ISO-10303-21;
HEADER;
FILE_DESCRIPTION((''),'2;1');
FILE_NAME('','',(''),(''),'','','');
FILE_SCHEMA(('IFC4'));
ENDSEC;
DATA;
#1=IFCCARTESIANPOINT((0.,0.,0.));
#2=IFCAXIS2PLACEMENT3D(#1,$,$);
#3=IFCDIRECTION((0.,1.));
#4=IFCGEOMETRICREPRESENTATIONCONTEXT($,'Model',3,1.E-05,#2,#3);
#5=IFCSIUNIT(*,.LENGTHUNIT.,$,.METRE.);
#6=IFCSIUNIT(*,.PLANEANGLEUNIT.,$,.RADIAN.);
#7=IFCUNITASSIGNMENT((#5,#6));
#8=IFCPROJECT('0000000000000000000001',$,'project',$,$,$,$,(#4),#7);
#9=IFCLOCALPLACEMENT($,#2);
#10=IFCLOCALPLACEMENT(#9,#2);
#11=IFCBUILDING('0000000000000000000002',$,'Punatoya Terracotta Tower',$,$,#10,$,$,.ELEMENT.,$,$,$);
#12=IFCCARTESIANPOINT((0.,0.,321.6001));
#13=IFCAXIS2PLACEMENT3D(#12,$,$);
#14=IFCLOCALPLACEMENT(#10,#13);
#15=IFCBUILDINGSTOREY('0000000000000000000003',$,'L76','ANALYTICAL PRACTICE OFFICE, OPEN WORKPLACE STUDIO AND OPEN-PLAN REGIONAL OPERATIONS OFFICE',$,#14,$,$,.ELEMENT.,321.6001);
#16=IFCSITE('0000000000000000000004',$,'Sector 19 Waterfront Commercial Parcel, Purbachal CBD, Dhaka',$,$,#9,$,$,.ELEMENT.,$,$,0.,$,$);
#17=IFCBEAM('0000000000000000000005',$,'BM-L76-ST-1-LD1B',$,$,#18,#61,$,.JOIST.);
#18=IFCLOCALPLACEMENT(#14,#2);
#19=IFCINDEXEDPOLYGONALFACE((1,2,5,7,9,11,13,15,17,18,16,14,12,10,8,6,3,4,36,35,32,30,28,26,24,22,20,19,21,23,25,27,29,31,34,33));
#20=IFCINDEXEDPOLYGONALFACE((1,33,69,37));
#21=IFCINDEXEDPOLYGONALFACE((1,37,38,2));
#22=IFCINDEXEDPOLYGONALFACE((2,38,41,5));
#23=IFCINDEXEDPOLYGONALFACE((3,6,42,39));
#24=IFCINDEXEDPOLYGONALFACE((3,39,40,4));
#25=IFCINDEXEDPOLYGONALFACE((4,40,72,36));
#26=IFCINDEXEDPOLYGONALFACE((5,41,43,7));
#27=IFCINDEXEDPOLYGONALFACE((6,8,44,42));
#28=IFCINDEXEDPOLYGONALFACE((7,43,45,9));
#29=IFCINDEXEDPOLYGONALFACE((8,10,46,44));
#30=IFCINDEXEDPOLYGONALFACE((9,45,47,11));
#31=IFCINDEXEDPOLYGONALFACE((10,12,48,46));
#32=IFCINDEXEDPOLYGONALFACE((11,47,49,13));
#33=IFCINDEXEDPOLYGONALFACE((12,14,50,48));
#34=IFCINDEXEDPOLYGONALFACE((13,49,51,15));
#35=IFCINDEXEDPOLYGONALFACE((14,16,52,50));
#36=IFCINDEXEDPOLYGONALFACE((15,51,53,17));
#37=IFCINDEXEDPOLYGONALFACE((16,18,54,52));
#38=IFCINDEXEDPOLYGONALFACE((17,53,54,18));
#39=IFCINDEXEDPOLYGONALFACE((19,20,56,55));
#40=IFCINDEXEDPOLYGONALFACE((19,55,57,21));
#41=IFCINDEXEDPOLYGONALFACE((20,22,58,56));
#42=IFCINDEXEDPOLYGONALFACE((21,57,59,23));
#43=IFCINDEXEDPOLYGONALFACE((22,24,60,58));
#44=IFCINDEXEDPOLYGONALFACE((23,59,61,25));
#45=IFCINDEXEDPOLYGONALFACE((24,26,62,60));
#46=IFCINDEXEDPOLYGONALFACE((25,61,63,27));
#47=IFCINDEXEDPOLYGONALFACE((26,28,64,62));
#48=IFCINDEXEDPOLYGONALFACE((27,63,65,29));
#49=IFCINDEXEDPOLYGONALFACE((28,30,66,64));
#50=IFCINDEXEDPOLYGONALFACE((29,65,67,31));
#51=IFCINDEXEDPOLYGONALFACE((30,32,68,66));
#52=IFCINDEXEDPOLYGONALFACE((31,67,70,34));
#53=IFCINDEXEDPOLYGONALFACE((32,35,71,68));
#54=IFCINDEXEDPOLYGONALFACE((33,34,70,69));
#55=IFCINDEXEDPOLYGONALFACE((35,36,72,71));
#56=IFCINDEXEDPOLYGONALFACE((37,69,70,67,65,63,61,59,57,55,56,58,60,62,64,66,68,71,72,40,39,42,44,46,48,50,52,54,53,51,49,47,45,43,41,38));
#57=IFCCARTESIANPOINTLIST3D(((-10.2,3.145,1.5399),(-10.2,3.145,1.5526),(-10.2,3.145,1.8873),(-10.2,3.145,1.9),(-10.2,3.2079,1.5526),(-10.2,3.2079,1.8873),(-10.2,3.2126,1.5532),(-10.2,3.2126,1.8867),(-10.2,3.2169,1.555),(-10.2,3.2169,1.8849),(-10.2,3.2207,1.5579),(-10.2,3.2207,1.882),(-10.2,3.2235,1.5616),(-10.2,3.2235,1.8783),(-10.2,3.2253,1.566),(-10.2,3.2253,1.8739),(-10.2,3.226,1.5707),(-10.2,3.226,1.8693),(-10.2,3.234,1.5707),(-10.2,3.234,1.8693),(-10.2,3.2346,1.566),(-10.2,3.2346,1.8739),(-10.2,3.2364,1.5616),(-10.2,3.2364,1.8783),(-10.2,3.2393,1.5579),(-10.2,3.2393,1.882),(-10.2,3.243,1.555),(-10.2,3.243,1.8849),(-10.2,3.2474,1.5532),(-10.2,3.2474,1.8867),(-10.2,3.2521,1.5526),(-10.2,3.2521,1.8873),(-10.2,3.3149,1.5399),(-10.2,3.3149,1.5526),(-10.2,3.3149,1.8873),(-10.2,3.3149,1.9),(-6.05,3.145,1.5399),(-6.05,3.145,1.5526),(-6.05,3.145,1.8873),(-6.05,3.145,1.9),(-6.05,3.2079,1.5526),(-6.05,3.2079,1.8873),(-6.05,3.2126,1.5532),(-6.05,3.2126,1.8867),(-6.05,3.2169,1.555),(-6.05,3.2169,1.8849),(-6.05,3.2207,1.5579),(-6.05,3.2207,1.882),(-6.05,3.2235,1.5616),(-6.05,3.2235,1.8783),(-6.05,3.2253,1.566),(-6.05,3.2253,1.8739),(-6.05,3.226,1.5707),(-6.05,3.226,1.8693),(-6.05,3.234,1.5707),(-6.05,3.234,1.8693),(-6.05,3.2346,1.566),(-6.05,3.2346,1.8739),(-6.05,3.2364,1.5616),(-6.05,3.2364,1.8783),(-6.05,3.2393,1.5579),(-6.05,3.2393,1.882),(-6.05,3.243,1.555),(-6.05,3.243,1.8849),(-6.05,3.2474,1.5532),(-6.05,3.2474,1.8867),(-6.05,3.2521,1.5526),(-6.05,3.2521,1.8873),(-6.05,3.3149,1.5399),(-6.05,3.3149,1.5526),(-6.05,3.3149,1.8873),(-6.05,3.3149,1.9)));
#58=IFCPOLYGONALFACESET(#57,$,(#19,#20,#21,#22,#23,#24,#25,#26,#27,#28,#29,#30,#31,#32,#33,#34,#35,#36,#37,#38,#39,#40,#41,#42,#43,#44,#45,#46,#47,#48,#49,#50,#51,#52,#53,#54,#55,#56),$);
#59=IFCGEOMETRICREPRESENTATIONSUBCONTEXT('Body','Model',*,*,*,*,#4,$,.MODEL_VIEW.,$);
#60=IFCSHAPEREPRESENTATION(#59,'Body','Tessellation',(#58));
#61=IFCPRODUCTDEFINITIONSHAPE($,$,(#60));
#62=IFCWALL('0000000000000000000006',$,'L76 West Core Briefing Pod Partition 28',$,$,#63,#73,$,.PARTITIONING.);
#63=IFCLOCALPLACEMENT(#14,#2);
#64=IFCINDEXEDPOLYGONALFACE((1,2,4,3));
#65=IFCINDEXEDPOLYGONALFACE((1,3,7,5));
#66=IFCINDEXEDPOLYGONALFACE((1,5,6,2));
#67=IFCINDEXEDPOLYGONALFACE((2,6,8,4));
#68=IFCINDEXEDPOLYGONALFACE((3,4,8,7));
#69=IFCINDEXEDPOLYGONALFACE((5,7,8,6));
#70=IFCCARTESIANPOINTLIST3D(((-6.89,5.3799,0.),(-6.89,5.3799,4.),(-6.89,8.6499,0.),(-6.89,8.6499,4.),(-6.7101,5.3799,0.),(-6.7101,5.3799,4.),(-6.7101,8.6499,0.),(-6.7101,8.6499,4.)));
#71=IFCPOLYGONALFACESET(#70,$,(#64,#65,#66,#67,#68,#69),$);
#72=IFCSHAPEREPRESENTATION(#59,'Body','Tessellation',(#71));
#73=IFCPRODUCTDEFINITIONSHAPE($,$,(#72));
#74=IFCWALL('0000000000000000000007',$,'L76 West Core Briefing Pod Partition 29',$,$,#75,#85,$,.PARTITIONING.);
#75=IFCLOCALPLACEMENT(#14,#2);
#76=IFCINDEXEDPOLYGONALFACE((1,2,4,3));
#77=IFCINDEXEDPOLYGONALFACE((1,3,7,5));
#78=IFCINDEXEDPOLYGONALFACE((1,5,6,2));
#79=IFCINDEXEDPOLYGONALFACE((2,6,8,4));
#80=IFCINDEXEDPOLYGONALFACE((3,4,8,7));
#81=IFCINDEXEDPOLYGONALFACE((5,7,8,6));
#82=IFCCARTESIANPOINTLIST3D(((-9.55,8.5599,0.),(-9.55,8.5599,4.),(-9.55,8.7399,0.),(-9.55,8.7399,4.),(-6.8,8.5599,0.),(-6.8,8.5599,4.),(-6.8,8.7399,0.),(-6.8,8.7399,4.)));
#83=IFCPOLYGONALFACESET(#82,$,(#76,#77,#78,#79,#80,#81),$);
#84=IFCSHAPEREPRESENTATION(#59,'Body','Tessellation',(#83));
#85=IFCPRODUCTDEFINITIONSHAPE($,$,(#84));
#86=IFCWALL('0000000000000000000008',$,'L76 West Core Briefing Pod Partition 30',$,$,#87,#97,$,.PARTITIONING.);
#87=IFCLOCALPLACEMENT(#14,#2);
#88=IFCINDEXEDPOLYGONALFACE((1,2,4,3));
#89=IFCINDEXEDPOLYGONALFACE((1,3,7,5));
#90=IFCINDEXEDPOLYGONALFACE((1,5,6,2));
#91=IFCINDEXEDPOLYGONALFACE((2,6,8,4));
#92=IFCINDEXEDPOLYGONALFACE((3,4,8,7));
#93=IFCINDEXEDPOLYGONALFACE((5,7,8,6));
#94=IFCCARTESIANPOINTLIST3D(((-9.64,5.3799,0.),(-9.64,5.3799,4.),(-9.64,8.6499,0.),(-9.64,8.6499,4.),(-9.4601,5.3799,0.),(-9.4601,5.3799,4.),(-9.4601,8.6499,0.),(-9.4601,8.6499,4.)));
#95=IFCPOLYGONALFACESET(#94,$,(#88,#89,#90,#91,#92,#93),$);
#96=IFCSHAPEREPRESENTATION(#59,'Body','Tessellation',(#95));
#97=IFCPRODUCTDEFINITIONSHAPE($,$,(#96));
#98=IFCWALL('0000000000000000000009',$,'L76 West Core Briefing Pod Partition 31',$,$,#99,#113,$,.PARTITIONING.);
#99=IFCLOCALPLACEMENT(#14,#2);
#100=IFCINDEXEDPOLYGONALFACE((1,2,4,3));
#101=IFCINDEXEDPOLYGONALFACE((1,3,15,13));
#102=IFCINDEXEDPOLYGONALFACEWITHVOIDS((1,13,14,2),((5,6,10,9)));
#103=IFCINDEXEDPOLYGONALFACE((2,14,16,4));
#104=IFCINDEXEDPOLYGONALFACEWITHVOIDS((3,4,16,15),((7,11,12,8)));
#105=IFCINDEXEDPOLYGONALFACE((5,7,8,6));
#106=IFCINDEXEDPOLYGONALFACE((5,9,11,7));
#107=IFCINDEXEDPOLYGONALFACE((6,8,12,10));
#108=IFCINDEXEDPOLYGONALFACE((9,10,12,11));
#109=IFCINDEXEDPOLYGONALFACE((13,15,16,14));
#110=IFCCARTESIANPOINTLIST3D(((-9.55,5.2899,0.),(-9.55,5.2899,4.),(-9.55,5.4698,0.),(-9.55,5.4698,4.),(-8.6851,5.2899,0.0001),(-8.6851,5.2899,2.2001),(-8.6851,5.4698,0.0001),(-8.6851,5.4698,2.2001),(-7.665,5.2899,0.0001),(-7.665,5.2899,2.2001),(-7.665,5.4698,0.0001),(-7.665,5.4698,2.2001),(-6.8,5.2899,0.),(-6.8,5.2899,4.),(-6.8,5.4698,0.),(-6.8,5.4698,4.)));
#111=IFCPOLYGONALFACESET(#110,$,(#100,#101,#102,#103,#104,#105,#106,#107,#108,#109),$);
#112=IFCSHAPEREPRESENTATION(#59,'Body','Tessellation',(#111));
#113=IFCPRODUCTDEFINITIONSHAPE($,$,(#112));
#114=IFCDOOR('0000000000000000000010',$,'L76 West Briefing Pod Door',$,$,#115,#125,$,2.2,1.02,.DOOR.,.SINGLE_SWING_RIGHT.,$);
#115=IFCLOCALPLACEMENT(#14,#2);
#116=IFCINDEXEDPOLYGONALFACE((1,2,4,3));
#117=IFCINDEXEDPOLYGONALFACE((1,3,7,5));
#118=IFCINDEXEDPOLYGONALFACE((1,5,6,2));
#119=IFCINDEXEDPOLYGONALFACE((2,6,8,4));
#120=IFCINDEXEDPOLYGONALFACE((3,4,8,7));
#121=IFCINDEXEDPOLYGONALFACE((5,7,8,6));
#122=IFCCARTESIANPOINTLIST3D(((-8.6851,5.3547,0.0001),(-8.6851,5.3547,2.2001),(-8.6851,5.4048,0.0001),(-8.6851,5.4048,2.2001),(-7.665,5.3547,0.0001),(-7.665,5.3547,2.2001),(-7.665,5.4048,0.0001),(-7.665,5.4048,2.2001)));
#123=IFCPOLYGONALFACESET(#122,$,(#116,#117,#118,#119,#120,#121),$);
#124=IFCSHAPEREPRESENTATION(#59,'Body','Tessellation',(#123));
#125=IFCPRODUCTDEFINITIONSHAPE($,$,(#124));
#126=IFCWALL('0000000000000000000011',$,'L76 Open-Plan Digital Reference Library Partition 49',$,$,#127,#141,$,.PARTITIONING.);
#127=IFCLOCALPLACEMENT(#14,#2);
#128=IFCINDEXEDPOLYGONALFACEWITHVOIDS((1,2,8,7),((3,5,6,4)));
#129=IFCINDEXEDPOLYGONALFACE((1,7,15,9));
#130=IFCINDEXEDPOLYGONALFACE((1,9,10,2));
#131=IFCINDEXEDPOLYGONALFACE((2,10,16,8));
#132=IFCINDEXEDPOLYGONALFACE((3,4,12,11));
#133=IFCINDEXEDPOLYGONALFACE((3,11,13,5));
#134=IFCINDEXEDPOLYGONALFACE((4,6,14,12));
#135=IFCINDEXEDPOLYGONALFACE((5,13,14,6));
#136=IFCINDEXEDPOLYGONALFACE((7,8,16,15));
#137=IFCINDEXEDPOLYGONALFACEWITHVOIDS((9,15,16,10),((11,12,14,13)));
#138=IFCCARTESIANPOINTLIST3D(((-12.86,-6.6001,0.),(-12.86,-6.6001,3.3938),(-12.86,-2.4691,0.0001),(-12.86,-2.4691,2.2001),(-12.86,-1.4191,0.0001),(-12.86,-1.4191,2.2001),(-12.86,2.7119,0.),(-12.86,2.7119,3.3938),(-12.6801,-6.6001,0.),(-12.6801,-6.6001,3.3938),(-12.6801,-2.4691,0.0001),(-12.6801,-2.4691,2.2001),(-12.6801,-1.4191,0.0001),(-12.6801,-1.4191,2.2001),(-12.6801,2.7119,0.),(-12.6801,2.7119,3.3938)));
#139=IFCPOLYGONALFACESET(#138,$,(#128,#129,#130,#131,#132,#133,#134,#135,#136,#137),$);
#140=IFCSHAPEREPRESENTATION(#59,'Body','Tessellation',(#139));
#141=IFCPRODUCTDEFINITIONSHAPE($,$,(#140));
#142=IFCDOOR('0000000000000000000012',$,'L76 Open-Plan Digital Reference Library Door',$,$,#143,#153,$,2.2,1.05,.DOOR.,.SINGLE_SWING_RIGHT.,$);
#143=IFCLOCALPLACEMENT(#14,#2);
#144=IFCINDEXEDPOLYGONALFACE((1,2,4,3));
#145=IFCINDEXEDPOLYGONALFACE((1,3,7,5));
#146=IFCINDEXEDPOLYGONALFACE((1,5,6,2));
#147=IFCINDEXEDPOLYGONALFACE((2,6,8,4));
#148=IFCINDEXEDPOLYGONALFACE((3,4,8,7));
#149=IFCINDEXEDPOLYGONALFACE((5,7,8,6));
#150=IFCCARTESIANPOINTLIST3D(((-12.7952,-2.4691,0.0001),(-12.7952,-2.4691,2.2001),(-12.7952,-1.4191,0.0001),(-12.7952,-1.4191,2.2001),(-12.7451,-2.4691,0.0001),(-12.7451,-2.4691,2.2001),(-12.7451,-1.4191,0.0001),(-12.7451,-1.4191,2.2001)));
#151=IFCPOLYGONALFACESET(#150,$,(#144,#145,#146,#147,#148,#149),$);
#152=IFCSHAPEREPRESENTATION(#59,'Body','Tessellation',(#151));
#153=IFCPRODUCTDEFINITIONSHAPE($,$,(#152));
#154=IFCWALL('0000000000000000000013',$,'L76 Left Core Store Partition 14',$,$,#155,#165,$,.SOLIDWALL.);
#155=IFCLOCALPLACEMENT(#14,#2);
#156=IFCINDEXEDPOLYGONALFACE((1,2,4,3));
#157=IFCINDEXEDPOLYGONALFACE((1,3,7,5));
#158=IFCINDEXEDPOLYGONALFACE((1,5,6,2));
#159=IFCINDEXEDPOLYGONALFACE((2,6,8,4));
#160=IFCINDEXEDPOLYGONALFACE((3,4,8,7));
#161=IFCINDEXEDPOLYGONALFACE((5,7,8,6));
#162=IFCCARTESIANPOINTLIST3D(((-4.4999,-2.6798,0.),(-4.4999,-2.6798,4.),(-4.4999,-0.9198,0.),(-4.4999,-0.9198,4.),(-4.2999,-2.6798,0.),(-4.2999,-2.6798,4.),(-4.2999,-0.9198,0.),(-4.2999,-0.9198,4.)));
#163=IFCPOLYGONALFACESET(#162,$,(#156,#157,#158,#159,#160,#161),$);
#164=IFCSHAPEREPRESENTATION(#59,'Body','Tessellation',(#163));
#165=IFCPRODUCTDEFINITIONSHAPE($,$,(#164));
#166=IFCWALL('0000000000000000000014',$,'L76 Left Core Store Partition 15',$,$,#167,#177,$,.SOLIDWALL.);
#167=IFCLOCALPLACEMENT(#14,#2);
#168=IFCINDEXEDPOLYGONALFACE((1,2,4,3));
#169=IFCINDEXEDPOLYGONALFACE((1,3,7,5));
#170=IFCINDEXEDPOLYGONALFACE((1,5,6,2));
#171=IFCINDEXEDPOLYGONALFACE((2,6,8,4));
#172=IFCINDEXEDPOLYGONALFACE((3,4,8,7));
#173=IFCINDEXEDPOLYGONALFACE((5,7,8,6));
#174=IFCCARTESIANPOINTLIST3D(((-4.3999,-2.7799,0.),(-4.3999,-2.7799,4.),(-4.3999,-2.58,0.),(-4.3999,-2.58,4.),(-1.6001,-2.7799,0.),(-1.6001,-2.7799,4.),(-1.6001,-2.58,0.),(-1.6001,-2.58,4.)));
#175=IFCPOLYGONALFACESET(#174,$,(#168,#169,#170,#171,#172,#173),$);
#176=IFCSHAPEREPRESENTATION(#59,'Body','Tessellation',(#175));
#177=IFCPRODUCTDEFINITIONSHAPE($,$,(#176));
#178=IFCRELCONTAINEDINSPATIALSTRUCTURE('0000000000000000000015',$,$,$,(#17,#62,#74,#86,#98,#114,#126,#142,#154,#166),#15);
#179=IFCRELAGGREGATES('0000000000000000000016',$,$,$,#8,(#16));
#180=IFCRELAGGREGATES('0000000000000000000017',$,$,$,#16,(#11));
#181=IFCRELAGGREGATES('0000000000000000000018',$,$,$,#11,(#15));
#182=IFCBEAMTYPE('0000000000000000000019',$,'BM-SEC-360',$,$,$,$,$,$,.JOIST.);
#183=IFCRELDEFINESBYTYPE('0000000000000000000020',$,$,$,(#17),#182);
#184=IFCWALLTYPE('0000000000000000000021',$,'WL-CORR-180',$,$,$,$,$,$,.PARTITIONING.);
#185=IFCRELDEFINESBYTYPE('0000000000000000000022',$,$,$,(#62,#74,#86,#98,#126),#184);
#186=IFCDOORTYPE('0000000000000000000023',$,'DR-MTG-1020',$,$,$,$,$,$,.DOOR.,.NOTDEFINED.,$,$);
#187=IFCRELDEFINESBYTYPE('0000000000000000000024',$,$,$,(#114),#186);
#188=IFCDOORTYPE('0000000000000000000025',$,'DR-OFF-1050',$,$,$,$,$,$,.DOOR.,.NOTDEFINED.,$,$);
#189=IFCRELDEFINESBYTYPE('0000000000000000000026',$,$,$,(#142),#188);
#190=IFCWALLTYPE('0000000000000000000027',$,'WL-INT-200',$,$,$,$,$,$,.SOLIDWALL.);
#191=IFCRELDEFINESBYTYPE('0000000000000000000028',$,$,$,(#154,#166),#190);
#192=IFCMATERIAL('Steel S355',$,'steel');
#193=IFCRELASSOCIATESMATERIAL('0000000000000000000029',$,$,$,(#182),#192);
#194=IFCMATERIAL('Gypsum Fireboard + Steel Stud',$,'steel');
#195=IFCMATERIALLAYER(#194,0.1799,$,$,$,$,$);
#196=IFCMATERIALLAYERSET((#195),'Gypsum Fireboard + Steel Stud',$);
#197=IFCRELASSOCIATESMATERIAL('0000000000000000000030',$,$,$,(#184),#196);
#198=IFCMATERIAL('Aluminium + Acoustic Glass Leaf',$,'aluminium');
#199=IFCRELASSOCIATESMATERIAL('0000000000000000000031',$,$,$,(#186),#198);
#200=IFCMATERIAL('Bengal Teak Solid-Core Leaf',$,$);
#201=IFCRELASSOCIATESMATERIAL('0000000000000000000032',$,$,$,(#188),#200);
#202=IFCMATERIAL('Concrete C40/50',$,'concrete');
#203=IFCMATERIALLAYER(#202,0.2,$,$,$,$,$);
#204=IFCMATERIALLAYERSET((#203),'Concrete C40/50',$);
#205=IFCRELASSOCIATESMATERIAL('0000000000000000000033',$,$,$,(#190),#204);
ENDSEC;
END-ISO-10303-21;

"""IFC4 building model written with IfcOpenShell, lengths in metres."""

from ifc_helpers import new_model, si_unit, direction, frame, frame_2d, origin, origin_2d, place, context, subcontext, project, spatial, rectangle, i_section, extrude, material, layer, layer_set, material_profile, profile_set, type_object, element, fill, save


model = new_model("IFC4")

# Units and contexts
model_context = context("Model", 3, precision=1e-05, world=origin(), true_north=direction((0.0, 1.0)))
body_context = subcontext(model_context, "Body", "Model", "MODEL_VIEW")
ifc_project = project(units=[si_unit("LENGTHUNIT", "METRE"), si_unit("PLANEANGLEUNIT", "RADIAN")], contexts=[model_context])

# Site, building, storey
site_placement = place(None, origin())
site = spatial("IfcSite", under=ifc_project, at=site_placement, Name="Sector 19 Waterfront Commercial Parcel, Purbachal CBD, Dhaka", CompositionType="ELEMENT", RefElevation=0.0)
building_placement = place(site_placement, origin())
building = spatial("IfcBuilding", under=site, at=building_placement, Name="Punatoya Terracotta Tower", CompositionType="ELEMENT")
storey_placement = place(building_placement, frame((0.0, 0.0, 321.6001)))
storey = spatial("IfcBuildingStorey", under=building, at=storey_placement, Name="L76", Description="ANALYTICAL PRACTICE OFFICE, OPEN WORKPLACE STUDIO AND OPEN-PLAN REGIONAL OPERATIONS OFFICE", CompositionType="ELEMENT", Elevation=321.6001)

# Beam
ifc_material_1 = material(Name="Steel S355", Category="steel")
ifc_material_profile_1 = material_profile(ifc_material_1, i_section(OverallWidth=0.1699, OverallDepth=0.3601, WebThickness=0.0081, FlangeThickness=0.0127, FilletRadius=0.0181, at=origin_2d()))
ifc_profile_set_1 = profile_set([ifc_material_profile_1], Name="Steel S355")
beam_type_1 = type_object("IfcBeamType", Name="BM-SEC-360", PredefinedType="JOIST", material=ifc_profile_set_1)
for number, where, z_axis, x_axis, name in (
    (1, (-10.2, 3.23, 1.72), (1.0, 0.0, 0.0), (0.0, 1.0, 0.0), "BM-L76-ST-1-LD1B"),
):
    element("IfcBeam", number, at=place(storey_placement, frame(where, z_axis=z_axis, x_axis=x_axis)), inside=storey, type_object=beam_type_1, Name=name, PredefinedType="JOIST", context=body_context, shape_type="SweptSolid", body=[
        extrude(i_section(OverallWidth=0.1699, OverallDepth=0.3601, WebThickness=0.0081, FlangeThickness=0.0127, FilletRadius=0.0181, at=origin_2d()), origin(), (0.0, 0.0, 1.0), 4.1499),
    ])

# Walls
ifc_material_2 = material(Name="Gypsum Fireboard + Steel Stud", Category="steel")
ifc_layer_1 = layer(ifc_material_2, 0.1799)
ifc_layer_set_1 = layer_set([ifc_layer_1], Name="Gypsum Fireboard + Steel Stud")
wall_type_1 = type_object("IfcWallType", Name="WL-CORR-180", PredefinedType="PARTITIONING", material=ifc_layer_set_1)
wall_1_placement = place(storey_placement, frame((-6.8, 5.3799, 0.0), z_axis=(0.0, 0.0, 1.0), x_axis=(0.0, 1.0, 0.0)))
element("IfcWall", 2, at=wall_1_placement, inside=storey, type_object=wall_type_1, Name="L76 West Core Briefing Pod Partition 28", PredefinedType="PARTITIONING", context=body_context, shape_type="SweptSolid", body=[
    extrude(rectangle(XDim=3.27, YDim=0.1799, at=frame_2d((1.635, 0.0))), origin(), (0.0, 0.0, 1.0), 4.0),
])
wall_2_placement = place(storey_placement, frame((-6.8, 8.6499, 0.0), z_axis=(0.0, 0.0, 1.0), x_axis=(-1.0, 0.0, 0.0)))
element("IfcWall", 3, at=wall_2_placement, inside=storey, type_object=wall_type_1, Name="L76 West Core Briefing Pod Partition 29", PredefinedType="PARTITIONING", context=body_context, shape_type="SweptSolid", body=[
    extrude(rectangle(XDim=2.75, YDim=0.1799, at=frame_2d((1.375, 0.0))), origin(), (0.0, 0.0, 1.0), 4.0),
])
wall_3_placement = place(storey_placement, frame((-9.55, 8.6499, 0.0), z_axis=(0.0, 0.0, 1.0), x_axis=(0.0, -1.0, 0.0)))
element("IfcWall", 4, at=wall_3_placement, inside=storey, type_object=wall_type_1, Name="L76 West Core Briefing Pod Partition 30", PredefinedType="PARTITIONING", context=body_context, shape_type="SweptSolid", body=[
    extrude(rectangle(XDim=3.27, YDim=0.1799, at=frame_2d((1.635, 0.0))), origin(), (0.0, 0.0, 1.0), 4.0),
])

# Walls, openings, doors
wall_4_placement = place(storey_placement, frame((-9.55, 5.3799, 0.0), z_axis=(0.0, 0.0, 1.0), x_axis=(1.0, 0.0, 0.0)))
wall_4 = element("IfcWall", 5, at=wall_4_placement, inside=storey, type_object=wall_type_1, Name="L76 West Core Briefing Pod Partition 31", PredefinedType="PARTITIONING", context=body_context, shape_type="SweptSolid", body=[
    extrude(rectangle(XDim=2.75, YDim=0.1799, at=frame_2d((1.375, 0.0))), origin(), (0.0, 0.0, 1.0), 4.0),
])
opening_1_placement = place(wall_4_placement, frame((0.865, 0.0, 0.0)))
opening_1 = element("IfcOpeningElement", 6, at=opening_1_placement, cuts=wall_4, PredefinedType="OPENING", context=body_context, shape_type="SweptSolid", body=[
    extrude(rectangle(XDim=1.02, YDim=2.2, at=frame_2d((0.51, 1.1001))), frame((0.0, 0.0999, 0.0), z_axis=(0.0, -1.0, 0.0), x_axis=(1.0, 0.0, 0.0)), (0.0, 0.0, 1.0), 0.2),
])
ifc_material_3 = material(Name="Aluminium + Acoustic Glass Leaf", Category="aluminium")
door_type_1 = type_object("IfcDoorType", Name="DR-MTG-1020", OperationType="NOTDEFINED", PredefinedType="DOOR", material=ifc_material_3)
door_1_placement = place(opening_1_placement, origin())
door_1 = element("IfcDoor", 7, at=door_1_placement, inside=storey, type_object=door_type_1, Name="L76 West Briefing Pod Door", OperationType="SINGLE_SWING_RIGHT", OverallHeight=2.2, OverallWidth=1.02, PredefinedType="DOOR", context=body_context, shape_type="SweptSolid", body=[
    extrude(rectangle(XDim=1.02, YDim=2.2, at=frame_2d((0.51, 1.1001))), frame((0.0, 0.0249, 0.0), z_axis=(0.0, -1.0, 0.0), x_axis=(1.0, 0.0, 0.0)), (0.0, 0.0, 1.0), 0.05),
])
fill(opening_1, door_1)
wall_5_placement = place(storey_placement, frame((-12.77, 2.7119, 0.0), z_axis=(0.0, 0.0, 1.0), x_axis=(0.0, -1.0, 0.0)))
wall_5 = element("IfcWall", 8, at=wall_5_placement, inside=storey, type_object=wall_type_1, Name="L76 Open-Plan Digital Reference Library Partition 49", PredefinedType="PARTITIONING", context=body_context, shape_type="SweptSolid", body=[
    extrude(rectangle(XDim=9.312, YDim=0.1799, at=frame_2d((4.656, 0.0))), origin(), (0.0, 0.0, 1.0), 3.3938),
])
opening_2_placement = place(wall_5_placement, frame((4.1311, 0.0, 0.0)))
opening_2 = element("IfcOpeningElement", 9, at=opening_2_placement, cuts=wall_5, PredefinedType="OPENING", context=body_context, shape_type="SweptSolid", body=[
    extrude(rectangle(XDim=1.05, YDim=2.2, at=frame_2d((0.5249, 1.1001))), frame((0.0, 0.0999, 0.0), z_axis=(0.0, -1.0, 0.0), x_axis=(1.0, 0.0, 0.0)), (0.0, 0.0, 1.0), 0.2),
])
ifc_material_4 = material(Name="Bengal Teak Solid-Core Leaf")
door_type_2 = type_object("IfcDoorType", Name="DR-OFF-1050", OperationType="NOTDEFINED", PredefinedType="DOOR", material=ifc_material_4)
door_2_placement = place(opening_2_placement, origin())
door_2 = element("IfcDoor", 10, at=door_2_placement, inside=storey, type_object=door_type_2, Name="L76 Open-Plan Digital Reference Library Door", OperationType="SINGLE_SWING_RIGHT", OverallHeight=2.2, OverallWidth=1.05, PredefinedType="DOOR", context=body_context, shape_type="SweptSolid", body=[
    extrude(rectangle(XDim=1.05, YDim=2.2, at=frame_2d((0.5249, 1.1001))), frame((0.0, 0.0249, 0.0), z_axis=(0.0, -1.0, 0.0), x_axis=(1.0, 0.0, 0.0)), (0.0, 0.0, 1.0), 0.05),
])
fill(opening_2, door_2)

# Walls
ifc_material_5 = material(Name="Concrete C40/50", Category="concrete")
ifc_layer_2 = layer(ifc_material_5, 0.2)
ifc_layer_set_2 = layer_set([ifc_layer_2], Name="Concrete C40/50")
wall_type_2 = type_object("IfcWallType", Name="WL-INT-200", PredefinedType="SOLIDWALL", material=ifc_layer_set_2)
wall_6_placement = place(storey_placement, frame((-4.3999, -0.9199, 0.0), z_axis=(0.0, 0.0, 1.0), x_axis=(0.0, -1.0, 0.0)))
element("IfcWall", 11, at=wall_6_placement, inside=storey, type_object=wall_type_2, Name="L76 Left Core Store Partition 14", PredefinedType="SOLIDWALL", context=body_context, shape_type="SweptSolid", body=[
    extrude(rectangle(XDim=1.76, YDim=0.2, at=frame_2d((0.8799, 0.0))), origin(), (0.0, 0.0, 1.0), 4.0),
])
wall_7_placement = place(storey_placement, frame((-4.3999, -2.6799, 0.0), z_axis=(0.0, 0.0, 1.0), x_axis=(1.0, 0.0, 0.0)))
element("IfcWall", 12, at=wall_7_placement, inside=storey, type_object=wall_type_2, Name="L76 Left Core Store Partition 15", PredefinedType="SOLIDWALL", context=body_context, shape_type="SweptSolid", body=[
    extrude(rectangle(XDim=2.7998, YDim=0.2, at=frame_2d((1.3999, 0.0))), origin(), (0.0, 0.0, 1.0), 4.0),
])

save(model, "model.ifc")
